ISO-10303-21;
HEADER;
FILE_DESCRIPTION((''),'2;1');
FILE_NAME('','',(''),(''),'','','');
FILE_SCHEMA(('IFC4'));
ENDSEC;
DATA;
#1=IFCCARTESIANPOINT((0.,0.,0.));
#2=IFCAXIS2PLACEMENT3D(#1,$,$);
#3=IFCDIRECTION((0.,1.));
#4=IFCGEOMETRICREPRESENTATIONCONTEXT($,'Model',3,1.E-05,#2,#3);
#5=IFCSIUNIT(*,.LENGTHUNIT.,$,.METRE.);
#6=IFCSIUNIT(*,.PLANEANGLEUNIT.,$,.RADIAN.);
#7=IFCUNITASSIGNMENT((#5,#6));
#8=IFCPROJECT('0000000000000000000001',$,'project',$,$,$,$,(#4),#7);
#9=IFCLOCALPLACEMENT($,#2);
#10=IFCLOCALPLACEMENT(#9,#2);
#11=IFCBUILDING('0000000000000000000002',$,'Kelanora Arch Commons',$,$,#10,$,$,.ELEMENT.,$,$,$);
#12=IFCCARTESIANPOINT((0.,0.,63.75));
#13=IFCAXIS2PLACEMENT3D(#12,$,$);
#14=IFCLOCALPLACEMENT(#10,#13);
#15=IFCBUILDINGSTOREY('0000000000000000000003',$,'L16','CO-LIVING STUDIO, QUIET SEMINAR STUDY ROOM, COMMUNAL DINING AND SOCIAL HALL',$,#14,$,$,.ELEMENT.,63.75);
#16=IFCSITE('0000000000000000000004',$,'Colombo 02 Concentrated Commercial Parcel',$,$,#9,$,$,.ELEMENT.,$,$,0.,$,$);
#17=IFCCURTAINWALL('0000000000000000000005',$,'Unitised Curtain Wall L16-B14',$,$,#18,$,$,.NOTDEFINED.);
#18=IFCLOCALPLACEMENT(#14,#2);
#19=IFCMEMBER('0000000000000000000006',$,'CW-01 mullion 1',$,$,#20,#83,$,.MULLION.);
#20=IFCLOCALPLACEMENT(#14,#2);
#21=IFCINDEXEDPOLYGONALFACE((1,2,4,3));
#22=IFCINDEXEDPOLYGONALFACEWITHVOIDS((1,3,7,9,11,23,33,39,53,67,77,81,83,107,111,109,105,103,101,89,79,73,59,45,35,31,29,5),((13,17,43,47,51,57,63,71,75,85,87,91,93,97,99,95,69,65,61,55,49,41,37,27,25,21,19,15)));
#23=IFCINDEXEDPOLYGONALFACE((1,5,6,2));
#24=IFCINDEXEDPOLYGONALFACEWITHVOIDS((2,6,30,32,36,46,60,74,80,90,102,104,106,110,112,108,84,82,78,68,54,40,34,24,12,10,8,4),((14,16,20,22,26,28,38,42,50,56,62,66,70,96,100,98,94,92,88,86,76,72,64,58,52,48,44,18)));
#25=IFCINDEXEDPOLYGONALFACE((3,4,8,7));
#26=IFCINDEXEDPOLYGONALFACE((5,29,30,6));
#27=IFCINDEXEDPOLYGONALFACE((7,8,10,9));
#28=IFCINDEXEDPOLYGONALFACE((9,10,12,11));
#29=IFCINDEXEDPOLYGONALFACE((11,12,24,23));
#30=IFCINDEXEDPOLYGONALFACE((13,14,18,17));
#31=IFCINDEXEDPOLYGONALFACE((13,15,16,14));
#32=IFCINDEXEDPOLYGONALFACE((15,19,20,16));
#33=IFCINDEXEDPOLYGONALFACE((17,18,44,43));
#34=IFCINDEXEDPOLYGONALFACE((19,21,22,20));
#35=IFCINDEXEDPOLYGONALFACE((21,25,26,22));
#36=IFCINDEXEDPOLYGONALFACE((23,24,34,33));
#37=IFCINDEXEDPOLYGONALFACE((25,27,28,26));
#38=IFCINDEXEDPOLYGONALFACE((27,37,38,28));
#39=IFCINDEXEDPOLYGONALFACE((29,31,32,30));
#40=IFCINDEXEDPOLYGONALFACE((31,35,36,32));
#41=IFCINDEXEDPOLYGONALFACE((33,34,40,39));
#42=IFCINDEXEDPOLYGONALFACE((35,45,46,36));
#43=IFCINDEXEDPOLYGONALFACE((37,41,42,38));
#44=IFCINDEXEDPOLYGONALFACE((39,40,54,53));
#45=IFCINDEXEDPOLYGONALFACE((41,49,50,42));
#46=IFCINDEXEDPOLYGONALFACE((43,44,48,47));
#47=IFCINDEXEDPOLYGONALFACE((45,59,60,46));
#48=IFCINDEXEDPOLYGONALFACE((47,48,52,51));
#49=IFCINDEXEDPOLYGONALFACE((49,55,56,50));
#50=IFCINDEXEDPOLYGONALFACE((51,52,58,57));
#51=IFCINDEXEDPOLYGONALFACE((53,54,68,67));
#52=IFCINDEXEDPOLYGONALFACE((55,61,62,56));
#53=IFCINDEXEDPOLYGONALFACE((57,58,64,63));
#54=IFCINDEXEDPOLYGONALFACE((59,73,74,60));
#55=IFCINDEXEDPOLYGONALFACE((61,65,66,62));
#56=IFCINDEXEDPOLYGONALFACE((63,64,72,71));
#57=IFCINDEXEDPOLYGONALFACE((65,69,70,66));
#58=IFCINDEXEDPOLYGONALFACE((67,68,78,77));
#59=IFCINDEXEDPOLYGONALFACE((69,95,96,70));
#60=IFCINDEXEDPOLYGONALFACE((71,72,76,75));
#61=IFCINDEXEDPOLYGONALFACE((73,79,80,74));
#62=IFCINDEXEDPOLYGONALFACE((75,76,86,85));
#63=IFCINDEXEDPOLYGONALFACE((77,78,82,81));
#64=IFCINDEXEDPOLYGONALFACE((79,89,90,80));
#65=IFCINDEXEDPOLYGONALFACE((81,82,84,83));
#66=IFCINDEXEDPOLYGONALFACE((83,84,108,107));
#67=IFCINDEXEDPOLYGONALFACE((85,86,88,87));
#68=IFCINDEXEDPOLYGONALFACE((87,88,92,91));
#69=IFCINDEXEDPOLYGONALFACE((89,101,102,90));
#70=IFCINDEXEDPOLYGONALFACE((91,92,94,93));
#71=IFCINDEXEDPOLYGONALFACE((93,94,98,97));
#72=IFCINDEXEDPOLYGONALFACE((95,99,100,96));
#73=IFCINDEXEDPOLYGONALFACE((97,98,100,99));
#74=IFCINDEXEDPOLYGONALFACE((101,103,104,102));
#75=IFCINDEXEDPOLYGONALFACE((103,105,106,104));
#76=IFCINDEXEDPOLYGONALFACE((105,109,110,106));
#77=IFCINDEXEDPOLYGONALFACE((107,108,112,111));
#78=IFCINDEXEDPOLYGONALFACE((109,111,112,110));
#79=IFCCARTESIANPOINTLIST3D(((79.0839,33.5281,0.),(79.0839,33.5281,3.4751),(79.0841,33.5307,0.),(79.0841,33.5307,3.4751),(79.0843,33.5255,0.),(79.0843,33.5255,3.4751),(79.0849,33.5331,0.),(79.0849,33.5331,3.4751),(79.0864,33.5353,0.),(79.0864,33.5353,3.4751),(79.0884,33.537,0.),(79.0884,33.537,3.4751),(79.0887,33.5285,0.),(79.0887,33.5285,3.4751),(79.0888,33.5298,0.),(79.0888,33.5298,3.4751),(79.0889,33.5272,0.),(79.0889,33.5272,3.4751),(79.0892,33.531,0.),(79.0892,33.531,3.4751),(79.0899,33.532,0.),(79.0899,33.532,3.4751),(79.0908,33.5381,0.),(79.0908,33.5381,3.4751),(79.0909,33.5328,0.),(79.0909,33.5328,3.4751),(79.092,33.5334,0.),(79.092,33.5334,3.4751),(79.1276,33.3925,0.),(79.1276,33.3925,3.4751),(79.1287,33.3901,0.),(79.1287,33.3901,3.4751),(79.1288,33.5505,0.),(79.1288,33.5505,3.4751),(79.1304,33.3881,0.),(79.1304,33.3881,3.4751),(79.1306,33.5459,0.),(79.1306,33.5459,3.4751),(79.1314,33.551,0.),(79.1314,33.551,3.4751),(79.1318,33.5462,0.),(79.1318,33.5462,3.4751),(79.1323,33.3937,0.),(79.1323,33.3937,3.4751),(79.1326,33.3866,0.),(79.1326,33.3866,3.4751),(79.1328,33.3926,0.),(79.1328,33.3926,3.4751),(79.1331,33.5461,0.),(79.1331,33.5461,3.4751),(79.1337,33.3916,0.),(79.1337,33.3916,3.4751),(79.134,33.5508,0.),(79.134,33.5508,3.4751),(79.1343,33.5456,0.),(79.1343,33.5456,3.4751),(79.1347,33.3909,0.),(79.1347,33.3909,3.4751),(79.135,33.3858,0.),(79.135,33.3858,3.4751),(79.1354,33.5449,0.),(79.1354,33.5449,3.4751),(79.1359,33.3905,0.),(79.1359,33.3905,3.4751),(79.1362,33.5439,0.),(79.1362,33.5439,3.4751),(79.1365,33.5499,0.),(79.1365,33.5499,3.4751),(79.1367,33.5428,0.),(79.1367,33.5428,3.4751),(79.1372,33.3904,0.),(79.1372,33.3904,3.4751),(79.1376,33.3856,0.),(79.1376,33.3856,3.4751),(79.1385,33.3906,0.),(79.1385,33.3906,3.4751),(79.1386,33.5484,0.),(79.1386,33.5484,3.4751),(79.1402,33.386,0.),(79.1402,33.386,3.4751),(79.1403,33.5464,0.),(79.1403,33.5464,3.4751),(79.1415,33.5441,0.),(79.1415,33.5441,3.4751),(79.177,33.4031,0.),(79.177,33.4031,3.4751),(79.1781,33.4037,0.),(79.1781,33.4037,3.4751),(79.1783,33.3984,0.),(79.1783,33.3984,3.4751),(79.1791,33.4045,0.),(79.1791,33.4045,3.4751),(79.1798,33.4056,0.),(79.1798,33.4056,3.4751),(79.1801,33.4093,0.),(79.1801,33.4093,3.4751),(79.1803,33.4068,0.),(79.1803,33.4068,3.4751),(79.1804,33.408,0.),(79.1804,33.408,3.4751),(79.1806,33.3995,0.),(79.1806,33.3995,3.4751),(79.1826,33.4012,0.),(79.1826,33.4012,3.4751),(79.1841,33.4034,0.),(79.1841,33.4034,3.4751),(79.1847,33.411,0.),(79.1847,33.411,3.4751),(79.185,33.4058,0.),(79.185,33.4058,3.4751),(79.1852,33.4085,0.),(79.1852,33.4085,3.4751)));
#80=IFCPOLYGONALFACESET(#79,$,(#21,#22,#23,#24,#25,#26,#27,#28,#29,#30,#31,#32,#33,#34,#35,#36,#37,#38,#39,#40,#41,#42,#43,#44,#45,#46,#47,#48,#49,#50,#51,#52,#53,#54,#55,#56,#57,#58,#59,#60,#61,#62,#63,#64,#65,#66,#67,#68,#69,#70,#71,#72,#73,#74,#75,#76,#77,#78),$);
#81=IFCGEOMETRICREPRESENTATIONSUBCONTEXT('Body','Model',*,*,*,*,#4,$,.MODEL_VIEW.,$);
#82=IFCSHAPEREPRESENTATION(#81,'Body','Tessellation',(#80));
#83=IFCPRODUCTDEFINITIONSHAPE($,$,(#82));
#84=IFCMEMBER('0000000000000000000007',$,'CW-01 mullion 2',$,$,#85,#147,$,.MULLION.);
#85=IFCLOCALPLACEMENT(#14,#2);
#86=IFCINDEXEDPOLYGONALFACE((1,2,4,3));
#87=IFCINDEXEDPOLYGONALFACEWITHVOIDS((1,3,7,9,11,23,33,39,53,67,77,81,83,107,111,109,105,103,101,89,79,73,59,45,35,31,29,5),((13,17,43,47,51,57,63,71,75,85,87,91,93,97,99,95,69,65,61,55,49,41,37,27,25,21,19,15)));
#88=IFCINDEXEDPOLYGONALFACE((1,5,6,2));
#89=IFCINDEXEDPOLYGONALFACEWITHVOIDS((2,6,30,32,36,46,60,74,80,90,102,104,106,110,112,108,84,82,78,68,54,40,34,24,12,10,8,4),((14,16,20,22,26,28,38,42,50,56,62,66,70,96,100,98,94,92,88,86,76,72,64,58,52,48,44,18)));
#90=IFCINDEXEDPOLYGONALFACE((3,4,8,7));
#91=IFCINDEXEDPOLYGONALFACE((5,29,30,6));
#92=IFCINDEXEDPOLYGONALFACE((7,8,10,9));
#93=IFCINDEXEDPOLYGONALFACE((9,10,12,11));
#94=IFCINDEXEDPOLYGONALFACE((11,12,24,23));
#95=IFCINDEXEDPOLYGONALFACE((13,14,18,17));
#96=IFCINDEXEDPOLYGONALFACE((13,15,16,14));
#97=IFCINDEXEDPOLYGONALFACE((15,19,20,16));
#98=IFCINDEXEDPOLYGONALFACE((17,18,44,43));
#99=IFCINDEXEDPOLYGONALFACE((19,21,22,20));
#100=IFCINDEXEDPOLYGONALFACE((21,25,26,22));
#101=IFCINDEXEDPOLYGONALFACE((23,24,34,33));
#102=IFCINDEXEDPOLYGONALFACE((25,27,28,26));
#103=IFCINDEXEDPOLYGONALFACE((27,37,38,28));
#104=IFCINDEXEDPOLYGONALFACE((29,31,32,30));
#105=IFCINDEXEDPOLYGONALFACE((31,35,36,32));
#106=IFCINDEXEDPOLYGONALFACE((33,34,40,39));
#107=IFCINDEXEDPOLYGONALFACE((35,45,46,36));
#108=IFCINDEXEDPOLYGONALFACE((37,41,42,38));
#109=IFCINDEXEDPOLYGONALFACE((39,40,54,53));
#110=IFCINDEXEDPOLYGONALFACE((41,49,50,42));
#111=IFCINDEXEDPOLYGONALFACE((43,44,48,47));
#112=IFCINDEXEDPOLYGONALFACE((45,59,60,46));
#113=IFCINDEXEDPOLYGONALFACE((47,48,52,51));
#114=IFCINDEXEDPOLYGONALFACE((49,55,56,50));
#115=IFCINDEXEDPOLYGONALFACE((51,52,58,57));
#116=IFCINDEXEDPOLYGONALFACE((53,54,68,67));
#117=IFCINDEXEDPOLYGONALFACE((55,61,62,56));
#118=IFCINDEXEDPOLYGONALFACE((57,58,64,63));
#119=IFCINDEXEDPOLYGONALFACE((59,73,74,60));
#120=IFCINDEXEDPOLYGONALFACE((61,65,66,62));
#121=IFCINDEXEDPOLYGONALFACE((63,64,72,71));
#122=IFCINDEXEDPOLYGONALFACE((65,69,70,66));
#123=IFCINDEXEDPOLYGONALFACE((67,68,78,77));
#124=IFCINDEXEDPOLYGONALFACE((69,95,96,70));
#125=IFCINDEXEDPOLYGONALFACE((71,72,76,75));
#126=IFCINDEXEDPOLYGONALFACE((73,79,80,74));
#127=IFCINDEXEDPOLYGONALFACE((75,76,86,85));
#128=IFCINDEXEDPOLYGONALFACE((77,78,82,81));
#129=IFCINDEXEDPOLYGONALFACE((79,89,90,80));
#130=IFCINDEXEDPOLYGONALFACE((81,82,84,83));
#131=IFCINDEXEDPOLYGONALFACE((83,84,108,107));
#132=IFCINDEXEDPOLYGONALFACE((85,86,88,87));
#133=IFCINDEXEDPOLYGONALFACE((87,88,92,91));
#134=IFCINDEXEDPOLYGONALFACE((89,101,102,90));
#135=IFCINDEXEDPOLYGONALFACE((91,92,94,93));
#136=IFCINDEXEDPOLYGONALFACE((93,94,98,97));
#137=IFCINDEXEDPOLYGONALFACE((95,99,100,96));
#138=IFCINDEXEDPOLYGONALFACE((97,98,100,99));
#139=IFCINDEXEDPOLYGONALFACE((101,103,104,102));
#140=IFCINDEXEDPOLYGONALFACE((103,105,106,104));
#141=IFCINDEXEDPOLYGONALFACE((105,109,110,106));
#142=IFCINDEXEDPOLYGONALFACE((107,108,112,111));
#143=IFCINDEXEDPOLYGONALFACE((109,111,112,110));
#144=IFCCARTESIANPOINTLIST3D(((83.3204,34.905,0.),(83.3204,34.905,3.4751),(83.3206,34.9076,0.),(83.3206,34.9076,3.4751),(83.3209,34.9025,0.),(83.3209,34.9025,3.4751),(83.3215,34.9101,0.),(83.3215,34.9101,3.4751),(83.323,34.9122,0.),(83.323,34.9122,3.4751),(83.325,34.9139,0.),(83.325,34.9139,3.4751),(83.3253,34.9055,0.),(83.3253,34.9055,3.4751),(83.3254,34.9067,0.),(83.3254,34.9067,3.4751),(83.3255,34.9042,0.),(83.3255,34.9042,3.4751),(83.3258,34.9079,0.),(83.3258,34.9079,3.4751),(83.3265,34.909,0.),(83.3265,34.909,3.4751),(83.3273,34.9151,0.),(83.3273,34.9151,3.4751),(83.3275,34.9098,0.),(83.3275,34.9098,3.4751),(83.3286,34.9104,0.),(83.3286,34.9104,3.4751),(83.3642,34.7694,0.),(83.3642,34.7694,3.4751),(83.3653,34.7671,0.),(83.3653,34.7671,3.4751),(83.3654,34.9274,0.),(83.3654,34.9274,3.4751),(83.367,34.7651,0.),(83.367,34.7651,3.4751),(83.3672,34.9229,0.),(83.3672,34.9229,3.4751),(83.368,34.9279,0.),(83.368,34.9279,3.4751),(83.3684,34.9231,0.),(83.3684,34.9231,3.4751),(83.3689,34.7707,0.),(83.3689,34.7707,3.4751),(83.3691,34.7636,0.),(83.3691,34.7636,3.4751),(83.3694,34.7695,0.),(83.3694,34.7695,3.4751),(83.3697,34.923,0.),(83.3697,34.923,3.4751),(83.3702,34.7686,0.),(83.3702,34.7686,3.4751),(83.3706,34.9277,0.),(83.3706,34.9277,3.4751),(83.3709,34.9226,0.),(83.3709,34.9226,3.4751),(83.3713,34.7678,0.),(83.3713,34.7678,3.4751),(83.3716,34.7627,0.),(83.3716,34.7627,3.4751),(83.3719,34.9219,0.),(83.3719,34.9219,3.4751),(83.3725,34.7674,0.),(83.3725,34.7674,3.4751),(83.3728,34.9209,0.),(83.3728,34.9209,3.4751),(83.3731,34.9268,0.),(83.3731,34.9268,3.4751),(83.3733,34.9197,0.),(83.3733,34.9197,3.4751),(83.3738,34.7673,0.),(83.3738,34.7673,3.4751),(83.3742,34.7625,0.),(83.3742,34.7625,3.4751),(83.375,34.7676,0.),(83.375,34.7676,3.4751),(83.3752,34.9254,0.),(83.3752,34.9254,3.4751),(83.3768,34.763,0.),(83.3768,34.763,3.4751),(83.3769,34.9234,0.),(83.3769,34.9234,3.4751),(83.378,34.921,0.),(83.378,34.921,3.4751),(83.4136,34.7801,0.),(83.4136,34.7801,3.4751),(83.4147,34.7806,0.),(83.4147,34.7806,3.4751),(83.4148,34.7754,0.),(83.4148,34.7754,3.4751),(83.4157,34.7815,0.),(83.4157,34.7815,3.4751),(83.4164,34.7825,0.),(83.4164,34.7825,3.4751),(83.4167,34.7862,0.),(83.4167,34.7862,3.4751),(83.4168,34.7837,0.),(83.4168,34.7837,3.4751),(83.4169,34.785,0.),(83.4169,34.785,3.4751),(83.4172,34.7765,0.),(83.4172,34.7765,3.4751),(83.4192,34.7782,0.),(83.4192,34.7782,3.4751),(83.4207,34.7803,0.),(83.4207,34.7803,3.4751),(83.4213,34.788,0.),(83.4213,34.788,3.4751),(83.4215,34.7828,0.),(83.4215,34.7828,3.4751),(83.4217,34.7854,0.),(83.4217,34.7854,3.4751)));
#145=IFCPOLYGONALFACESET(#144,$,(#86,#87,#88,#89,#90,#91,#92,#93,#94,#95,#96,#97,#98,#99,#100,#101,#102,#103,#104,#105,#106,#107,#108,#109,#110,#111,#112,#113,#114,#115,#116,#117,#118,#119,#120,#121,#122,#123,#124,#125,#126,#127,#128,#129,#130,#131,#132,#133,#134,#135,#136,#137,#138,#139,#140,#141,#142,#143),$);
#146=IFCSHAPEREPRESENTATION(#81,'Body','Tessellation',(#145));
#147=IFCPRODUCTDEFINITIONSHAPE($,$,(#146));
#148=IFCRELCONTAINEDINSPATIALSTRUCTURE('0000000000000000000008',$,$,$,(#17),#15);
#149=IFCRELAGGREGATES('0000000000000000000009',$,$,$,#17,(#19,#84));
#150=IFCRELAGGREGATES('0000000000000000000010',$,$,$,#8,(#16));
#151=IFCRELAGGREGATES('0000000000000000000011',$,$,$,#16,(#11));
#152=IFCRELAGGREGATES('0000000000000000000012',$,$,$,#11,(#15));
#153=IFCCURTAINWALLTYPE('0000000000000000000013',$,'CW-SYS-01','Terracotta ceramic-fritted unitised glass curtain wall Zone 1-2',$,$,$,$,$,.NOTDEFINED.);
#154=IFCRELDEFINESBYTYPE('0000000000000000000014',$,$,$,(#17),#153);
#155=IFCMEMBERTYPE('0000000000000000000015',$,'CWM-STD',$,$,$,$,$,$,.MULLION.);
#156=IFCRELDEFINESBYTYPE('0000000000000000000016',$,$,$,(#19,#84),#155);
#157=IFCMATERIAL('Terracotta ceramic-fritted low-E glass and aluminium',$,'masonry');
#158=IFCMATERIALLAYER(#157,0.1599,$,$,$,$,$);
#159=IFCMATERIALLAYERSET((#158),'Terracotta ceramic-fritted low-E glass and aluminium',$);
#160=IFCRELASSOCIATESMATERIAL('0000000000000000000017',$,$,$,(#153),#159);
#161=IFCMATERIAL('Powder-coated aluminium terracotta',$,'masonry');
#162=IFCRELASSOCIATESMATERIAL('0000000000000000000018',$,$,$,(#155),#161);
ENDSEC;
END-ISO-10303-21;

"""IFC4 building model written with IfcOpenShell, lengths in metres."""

from ifc_helpers import new_model, si_unit, direction, frame, origin, origin_2d, place, context, subcontext, project, spatial, hollow_rectangle, extrude, material, layer, layer_set, material_profile, profile_set, type_object, element, aggregate, save


model = new_model("IFC4")

# Units and contexts
model_context = context("Model", 3, precision=1e-05, world=origin(), true_north=direction((0.0, 1.0)))
body_context = subcontext(model_context, "Body", "Model", "MODEL_VIEW")
ifc_project = project(units=[si_unit("LENGTHUNIT", "METRE"), si_unit("PLANEANGLEUNIT", "RADIAN")], contexts=[model_context])

# Site, building, storey
site_placement = place(None, origin())
site = spatial("IfcSite", under=ifc_project, at=site_placement, Name="Colombo 02 Concentrated Commercial Parcel", CompositionType="ELEMENT", RefElevation=0.0)
building_placement = place(site_placement, origin())
building = spatial("IfcBuilding", under=site, at=building_placement, Name="Kelanora Arch Commons", CompositionType="ELEMENT")
storey_placement = place(building_placement, frame((0.0, 0.0, 63.75)))
storey = spatial("IfcBuildingStorey", under=building, at=storey_placement, Name="L16", Description="CO-LIVING STUDIO, QUIET SEMINAR STUDY ROOM, COMMUNAL DINING AND SOCIAL HALL", CompositionType="ELEMENT", Elevation=63.75)

# Curtain wall, members
ifc_material_1 = material(Name="Terracotta ceramic-fritted low-E glass and aluminium", Category="masonry")
ifc_layer_1 = layer(ifc_material_1, 0.1599)
ifc_layer_set_1 = layer_set([ifc_layer_1], Name="Terracotta ceramic-fritted low-E glass and aluminium")
curtain_wall_type = type_object("IfcCurtainWallType", Name="CW-SYS-01", Description="Terracotta ceramic-fritted unitised glass curtain wall Zone 1-2", PredefinedType="NOTDEFINED", material=ifc_layer_set_1)
curtain_wall_placement = place(storey_placement, origin())
curtain_wall = element("IfcCurtainWall", 1, at=curtain_wall_placement, inside=storey, type_object=curtain_wall_type, Name="Unitised Curtain Wall L16-B14", PredefinedType="NOTDEFINED")
ifc_material_2 = material(Name="Powder-coated aluminium terracotta", Category="masonry")
ifc_material_profile_1 = material_profile(ifc_material_2, hollow_rectangle(XDim=0.1599, YDim=0.0601, WallThickness=0.0049, InnerFilletRadius=0.0049, OuterFilletRadius=0.01, at=origin_2d()), Name="CWM160x60")
ifc_profile_set_1 = profile_set([ifc_material_profile_1], Name="Powder-coated aluminium terracotta")
member_type_1 = type_object("IfcMemberType", Name="CWM-STD", PredefinedType="MULLION", material=ifc_profile_set_1)
member_1_placement = place(storey_placement, frame((79.1345, 33.4683, 0.0), z_axis=(0.0, 0.0, 1.0), x_axis=(-0.309058, 0.951043, 0.0)))
member_1 = element("IfcMember", 2, at=member_1_placement, type_object=member_type_1, Name="CW-01 mullion 1", PredefinedType="MULLION", context=body_context, shape_type="SweptSolid", body=[
    extrude(hollow_rectangle(XDim=0.1599, YDim=0.0601, WallThickness=0.0049, InnerFilletRadius=0.0049, OuterFilletRadius=0.01, at=origin_2d()), origin(), (0.0, 0.0, 1.0), 3.4751),
])
member_2_placement = place(storey_placement, frame((83.3711, 34.8452, 0.0), z_axis=(0.0, 0.0, 1.0), x_axis=(-0.309058, 0.951043, 0.0)))
member_2 = element("IfcMember", 3, at=member_2_placement, type_object=member_type_1, Name="CW-01 mullion 2", PredefinedType="MULLION", context=body_context, shape_type="SweptSolid", body=[
    extrude(hollow_rectangle(XDim=0.1599, YDim=0.0601, WallThickness=0.0049, InnerFilletRadius=0.0049, OuterFilletRadius=0.01, at=origin_2d()), origin(), (0.0, 0.0, 1.0), 3.4751),
])
aggregate(curtain_wall, [member_1, member_2])

save(model, "model.ifc")
